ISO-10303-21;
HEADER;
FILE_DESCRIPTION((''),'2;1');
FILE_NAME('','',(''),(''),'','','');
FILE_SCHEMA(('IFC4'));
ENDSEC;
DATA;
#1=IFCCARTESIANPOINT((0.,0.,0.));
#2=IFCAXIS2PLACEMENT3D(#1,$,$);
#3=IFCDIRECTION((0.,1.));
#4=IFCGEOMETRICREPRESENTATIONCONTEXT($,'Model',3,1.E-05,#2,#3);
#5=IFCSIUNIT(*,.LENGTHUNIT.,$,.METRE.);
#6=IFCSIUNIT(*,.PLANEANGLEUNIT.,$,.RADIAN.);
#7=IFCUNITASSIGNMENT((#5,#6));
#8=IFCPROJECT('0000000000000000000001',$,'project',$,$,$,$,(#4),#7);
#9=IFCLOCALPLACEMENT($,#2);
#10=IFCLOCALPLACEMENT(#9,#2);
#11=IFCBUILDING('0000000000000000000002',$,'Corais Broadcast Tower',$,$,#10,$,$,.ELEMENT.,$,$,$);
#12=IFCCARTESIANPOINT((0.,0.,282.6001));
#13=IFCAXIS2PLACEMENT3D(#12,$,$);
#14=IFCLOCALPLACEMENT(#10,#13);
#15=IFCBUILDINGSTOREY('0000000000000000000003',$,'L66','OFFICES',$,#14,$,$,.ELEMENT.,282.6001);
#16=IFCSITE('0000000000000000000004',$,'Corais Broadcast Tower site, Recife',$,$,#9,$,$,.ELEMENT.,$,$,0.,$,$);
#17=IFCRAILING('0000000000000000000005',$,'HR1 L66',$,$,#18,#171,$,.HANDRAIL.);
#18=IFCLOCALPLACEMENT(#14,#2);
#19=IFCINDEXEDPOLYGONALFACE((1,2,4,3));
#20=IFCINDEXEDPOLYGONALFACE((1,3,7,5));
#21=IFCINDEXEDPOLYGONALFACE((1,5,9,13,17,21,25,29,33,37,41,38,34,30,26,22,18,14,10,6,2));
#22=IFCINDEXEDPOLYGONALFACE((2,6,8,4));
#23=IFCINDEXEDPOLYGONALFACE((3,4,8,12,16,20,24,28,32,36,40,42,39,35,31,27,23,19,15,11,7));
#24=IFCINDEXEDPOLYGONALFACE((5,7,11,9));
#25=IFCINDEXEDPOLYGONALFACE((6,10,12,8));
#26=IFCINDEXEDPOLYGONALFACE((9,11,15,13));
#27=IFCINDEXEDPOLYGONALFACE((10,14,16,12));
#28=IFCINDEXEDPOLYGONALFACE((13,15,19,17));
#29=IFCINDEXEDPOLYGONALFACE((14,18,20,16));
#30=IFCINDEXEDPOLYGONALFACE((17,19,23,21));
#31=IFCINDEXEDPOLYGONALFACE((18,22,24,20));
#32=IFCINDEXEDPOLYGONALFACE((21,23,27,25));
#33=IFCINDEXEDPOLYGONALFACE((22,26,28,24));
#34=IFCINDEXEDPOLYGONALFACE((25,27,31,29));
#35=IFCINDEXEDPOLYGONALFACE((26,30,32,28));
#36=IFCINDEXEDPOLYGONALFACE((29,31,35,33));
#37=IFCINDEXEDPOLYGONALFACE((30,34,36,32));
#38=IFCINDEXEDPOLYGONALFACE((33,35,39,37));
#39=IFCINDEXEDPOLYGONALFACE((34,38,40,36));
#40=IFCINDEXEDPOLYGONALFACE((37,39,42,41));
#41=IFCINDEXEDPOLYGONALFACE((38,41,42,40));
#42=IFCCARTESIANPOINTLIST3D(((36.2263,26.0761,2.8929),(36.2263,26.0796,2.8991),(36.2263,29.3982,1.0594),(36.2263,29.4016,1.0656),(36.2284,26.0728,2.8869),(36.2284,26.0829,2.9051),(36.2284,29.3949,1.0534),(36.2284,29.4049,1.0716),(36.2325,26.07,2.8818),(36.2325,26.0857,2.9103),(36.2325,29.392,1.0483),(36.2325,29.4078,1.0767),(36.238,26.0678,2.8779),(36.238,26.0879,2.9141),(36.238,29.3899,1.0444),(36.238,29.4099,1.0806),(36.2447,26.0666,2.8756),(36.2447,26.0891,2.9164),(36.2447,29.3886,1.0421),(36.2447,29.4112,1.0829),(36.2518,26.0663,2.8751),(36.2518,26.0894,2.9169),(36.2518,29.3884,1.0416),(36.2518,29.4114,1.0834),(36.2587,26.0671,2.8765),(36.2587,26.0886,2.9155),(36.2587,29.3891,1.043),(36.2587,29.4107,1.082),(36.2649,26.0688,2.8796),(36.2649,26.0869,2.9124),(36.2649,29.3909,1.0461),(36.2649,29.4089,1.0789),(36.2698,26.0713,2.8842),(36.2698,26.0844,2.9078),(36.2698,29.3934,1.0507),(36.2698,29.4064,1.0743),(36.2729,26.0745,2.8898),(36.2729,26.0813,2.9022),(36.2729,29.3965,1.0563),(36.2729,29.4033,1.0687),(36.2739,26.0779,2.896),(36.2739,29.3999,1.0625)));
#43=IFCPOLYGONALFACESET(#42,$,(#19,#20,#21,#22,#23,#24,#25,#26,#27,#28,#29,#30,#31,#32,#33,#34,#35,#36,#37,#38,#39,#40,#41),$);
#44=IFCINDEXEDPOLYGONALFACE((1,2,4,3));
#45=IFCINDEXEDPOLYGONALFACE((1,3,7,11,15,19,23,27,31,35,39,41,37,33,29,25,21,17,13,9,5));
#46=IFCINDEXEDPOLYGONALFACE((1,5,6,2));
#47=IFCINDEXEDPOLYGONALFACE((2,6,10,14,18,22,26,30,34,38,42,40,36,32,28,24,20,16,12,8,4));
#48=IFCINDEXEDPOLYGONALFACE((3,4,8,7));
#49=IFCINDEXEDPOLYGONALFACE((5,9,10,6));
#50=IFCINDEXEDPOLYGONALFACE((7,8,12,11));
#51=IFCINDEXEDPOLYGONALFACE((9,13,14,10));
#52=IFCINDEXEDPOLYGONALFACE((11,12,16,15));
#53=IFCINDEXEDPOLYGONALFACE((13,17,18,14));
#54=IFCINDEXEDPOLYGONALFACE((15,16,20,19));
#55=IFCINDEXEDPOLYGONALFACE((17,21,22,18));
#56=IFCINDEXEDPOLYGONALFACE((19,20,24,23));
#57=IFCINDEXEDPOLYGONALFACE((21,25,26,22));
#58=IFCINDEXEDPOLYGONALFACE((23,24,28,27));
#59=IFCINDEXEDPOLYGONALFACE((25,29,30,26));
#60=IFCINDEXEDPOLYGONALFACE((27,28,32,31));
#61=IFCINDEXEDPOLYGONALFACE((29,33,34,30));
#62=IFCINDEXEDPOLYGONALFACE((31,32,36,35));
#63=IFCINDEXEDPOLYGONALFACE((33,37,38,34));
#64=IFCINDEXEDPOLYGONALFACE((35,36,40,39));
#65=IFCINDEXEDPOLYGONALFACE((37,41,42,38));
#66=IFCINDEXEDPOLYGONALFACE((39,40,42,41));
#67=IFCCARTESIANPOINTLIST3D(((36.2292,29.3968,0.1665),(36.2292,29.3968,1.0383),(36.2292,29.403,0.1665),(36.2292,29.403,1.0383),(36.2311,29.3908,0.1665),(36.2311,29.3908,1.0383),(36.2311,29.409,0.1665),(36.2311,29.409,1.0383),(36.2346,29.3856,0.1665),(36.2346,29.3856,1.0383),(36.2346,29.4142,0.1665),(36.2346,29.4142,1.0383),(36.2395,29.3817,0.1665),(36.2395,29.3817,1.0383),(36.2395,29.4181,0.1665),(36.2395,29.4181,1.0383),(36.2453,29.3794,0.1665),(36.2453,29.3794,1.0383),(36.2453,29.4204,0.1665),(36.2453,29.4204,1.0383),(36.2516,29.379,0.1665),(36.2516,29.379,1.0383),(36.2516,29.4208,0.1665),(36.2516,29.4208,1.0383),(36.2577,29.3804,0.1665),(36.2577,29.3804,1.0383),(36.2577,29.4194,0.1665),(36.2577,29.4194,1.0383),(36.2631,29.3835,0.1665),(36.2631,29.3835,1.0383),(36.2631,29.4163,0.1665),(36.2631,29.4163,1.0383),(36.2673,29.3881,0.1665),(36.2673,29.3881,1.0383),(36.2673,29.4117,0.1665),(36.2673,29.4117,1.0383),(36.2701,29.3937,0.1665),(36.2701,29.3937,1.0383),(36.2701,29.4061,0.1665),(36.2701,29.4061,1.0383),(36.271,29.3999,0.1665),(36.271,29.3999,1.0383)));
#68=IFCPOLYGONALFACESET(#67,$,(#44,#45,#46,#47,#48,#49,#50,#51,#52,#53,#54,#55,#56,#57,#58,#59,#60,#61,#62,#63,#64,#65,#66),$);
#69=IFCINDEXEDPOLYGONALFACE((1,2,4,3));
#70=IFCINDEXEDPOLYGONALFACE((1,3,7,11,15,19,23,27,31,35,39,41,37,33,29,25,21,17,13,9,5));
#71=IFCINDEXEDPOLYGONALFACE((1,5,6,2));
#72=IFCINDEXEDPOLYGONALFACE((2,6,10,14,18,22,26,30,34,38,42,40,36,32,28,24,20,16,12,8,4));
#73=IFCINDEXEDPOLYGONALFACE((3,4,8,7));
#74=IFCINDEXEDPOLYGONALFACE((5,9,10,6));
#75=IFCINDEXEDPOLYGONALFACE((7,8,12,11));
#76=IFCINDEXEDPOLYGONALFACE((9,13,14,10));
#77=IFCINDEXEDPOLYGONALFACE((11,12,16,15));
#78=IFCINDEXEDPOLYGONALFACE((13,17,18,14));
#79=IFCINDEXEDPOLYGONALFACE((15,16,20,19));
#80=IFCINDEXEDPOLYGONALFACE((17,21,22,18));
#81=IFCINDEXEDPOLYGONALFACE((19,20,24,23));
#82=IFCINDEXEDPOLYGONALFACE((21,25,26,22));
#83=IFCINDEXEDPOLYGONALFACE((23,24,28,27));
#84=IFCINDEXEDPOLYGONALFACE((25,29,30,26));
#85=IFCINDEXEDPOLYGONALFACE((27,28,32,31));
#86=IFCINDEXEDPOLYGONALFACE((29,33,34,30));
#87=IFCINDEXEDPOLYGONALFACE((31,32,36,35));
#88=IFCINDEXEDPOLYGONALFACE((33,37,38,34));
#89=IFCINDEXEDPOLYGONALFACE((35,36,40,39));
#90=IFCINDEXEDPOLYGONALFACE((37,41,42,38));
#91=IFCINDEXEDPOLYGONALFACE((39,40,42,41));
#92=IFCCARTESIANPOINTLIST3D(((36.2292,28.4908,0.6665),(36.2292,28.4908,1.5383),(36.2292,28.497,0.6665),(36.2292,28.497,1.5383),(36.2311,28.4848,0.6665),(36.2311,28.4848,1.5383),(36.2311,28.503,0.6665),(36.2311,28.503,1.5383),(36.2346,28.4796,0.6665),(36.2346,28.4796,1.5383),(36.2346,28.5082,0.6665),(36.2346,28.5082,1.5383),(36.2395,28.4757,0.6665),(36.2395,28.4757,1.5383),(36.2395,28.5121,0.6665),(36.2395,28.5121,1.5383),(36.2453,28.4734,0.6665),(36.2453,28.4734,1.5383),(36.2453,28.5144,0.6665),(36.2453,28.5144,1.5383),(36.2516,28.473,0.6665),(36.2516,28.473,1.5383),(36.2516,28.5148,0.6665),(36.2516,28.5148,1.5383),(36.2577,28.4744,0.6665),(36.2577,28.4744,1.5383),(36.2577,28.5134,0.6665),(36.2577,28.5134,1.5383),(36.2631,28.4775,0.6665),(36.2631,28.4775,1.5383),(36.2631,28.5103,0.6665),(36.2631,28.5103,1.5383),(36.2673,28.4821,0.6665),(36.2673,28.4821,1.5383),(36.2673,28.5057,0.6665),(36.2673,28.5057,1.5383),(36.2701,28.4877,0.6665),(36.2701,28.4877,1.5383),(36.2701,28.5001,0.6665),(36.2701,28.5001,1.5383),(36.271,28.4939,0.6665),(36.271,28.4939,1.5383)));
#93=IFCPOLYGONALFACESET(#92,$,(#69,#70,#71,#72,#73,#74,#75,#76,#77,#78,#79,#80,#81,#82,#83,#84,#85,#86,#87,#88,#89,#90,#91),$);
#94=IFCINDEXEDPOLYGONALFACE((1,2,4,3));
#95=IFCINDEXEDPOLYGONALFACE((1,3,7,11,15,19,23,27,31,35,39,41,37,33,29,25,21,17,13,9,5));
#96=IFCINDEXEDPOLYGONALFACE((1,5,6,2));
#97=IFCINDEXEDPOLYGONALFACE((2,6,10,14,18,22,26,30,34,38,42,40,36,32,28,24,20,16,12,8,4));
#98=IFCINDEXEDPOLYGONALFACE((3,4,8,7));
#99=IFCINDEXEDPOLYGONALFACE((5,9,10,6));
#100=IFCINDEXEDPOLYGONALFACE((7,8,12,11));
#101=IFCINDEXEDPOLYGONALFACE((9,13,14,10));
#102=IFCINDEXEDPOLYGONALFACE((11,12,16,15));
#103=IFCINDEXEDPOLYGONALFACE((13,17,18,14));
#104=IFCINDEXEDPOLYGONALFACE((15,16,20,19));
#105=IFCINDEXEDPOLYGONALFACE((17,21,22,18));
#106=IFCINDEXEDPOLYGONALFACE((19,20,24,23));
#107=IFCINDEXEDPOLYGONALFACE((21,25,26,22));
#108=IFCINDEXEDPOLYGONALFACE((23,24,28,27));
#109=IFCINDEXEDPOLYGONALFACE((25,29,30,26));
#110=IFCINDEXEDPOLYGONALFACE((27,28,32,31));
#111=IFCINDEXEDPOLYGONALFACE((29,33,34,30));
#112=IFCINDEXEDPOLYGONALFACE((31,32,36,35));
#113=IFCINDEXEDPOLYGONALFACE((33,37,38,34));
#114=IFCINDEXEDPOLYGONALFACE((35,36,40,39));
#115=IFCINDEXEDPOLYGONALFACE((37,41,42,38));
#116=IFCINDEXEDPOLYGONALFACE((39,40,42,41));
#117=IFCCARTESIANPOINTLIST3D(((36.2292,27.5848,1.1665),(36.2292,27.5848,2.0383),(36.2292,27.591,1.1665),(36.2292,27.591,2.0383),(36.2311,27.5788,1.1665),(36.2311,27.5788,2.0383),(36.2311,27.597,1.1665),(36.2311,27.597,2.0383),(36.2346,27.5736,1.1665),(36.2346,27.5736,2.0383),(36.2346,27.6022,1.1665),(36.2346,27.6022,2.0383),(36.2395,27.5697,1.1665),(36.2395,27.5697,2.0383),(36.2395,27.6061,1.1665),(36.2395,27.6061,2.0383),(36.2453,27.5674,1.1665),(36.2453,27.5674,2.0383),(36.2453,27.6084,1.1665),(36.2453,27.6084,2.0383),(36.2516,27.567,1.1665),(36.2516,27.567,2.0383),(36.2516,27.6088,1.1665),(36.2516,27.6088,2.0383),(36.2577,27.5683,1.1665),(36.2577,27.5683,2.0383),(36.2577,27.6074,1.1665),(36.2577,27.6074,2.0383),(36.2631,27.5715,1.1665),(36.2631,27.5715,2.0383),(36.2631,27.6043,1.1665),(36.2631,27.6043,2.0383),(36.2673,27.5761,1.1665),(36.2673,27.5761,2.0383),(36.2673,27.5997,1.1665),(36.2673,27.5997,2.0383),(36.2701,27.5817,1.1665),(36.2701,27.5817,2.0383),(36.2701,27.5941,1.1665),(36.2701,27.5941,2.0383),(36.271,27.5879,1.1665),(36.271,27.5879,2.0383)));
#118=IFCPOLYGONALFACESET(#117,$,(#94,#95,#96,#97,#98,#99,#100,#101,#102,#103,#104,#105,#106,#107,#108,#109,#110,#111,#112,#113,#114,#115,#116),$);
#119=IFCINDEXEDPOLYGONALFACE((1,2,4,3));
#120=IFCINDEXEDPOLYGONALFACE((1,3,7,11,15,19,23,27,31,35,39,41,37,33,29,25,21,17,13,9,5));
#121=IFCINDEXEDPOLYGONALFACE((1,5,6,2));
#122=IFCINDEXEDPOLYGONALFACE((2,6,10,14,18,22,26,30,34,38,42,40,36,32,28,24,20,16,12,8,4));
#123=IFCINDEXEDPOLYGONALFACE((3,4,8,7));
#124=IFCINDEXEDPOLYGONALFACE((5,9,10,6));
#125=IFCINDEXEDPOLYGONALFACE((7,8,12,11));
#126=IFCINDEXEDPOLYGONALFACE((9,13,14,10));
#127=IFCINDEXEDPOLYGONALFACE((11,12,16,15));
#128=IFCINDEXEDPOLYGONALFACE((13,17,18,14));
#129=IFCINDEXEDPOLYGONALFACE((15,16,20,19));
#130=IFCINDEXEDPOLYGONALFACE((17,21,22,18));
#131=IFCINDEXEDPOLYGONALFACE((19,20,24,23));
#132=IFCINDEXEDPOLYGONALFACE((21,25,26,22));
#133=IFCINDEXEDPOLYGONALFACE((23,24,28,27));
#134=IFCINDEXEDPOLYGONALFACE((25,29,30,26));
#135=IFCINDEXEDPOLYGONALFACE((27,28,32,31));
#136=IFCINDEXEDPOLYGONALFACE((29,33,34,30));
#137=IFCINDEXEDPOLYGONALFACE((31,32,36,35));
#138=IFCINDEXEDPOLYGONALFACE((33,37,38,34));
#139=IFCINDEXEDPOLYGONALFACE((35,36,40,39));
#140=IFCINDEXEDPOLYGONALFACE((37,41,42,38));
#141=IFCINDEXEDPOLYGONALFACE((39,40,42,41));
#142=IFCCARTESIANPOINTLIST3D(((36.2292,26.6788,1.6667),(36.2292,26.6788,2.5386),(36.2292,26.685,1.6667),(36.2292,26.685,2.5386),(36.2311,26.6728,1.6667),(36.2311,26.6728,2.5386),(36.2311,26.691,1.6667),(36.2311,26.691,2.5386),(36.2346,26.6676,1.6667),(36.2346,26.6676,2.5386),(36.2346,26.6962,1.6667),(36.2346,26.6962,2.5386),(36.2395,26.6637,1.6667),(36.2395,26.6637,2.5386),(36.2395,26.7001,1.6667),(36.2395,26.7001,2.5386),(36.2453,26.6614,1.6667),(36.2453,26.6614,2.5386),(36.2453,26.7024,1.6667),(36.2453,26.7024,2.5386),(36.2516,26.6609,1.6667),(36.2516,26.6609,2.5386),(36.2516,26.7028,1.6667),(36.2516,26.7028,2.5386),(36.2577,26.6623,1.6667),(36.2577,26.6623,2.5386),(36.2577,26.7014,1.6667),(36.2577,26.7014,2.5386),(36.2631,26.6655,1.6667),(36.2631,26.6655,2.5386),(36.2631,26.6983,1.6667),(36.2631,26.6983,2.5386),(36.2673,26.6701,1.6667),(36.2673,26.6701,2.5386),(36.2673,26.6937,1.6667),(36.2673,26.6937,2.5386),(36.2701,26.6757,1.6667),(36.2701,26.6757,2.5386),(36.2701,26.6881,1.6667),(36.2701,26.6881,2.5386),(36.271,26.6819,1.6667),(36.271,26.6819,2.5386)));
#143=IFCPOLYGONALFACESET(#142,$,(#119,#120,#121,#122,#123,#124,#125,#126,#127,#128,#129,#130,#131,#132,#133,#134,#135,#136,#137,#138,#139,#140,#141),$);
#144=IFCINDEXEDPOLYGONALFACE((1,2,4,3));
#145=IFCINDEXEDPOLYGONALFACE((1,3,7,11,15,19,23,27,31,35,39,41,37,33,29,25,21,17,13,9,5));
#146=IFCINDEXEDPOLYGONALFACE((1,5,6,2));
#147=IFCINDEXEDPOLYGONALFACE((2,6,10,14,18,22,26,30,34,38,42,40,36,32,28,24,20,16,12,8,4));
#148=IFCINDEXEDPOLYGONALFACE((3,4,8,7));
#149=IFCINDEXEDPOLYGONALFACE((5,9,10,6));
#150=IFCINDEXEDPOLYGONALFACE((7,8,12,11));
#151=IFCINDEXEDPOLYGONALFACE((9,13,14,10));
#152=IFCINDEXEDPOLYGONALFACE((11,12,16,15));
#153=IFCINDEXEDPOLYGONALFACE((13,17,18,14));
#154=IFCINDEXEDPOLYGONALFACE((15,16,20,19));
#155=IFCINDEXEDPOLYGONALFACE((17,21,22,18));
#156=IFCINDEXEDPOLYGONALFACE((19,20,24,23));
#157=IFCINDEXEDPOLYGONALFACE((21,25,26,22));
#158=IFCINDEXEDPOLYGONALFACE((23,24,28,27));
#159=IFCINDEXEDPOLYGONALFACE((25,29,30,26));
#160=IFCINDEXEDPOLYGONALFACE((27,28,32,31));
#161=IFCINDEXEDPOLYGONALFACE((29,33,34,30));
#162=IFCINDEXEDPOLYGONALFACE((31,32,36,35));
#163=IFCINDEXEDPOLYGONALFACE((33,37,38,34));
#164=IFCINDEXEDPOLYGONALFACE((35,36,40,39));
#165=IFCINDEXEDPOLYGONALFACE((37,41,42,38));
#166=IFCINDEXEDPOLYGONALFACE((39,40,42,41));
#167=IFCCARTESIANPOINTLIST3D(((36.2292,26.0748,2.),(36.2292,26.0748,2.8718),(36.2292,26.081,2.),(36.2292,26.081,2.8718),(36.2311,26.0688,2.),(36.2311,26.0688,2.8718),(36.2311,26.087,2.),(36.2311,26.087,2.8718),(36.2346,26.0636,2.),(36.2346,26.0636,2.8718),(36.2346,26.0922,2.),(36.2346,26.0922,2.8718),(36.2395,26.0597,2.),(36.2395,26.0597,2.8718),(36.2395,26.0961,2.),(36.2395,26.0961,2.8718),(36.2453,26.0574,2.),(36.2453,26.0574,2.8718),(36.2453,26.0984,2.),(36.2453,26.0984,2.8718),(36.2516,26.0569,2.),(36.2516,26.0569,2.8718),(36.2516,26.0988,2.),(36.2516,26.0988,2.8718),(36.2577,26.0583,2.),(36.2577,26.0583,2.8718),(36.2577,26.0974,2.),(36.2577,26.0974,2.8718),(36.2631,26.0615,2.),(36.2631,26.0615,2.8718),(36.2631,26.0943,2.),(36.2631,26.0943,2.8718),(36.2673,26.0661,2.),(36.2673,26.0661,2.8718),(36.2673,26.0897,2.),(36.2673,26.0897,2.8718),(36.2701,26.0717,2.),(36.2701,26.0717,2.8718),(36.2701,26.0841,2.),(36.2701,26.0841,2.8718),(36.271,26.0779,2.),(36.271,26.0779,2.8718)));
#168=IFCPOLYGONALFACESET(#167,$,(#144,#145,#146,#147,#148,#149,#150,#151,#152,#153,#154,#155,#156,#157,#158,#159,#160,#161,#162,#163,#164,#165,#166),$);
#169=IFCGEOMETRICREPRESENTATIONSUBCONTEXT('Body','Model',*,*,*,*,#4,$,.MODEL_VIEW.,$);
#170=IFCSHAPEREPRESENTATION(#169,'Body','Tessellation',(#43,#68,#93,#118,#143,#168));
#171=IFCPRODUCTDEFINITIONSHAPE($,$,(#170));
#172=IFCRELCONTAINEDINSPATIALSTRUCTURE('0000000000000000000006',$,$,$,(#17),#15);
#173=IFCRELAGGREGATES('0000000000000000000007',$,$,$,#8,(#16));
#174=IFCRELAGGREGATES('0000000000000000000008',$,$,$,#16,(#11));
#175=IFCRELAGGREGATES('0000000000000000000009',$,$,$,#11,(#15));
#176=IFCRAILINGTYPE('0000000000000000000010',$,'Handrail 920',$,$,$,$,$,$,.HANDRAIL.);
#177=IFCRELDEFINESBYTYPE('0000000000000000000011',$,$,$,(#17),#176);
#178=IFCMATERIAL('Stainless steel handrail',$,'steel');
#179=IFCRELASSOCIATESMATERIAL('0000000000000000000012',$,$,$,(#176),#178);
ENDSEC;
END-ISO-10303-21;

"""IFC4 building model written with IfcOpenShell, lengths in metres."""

from ifc_helpers import new_model, si_unit, direction, frame, origin, origin_2d, place, context, subcontext, project, spatial, circle, extrude, material, type_object, element, save


model = new_model("IFC4")

# Units and contexts
model_context = context("Model", 3, precision=1e-05, world=origin(), true_north=direction((0.0, 1.0)))
body_context = subcontext(model_context, "Body", "Model", "MODEL_VIEW")
ifc_project = project(units=[si_unit("LENGTHUNIT", "METRE"), si_unit("PLANEANGLEUNIT", "RADIAN")], contexts=[model_context])

# Site, building, storey
site_placement = place(None, origin())
site = spatial("IfcSite", under=ifc_project, at=site_placement, Name="Corais Broadcast Tower site, Recife", CompositionType="ELEMENT", RefElevation=0.0)
building_placement = place(site_placement, origin())
building = spatial("IfcBuilding", under=site, at=building_placement, Name="Corais Broadcast Tower", CompositionType="ELEMENT")
storey_placement = place(building_placement, frame((0.0, 0.0, 282.6001)))
storey = spatial("IfcBuildingStorey", under=building, at=storey_placement, Name="L66", Description="OFFICES", CompositionType="ELEMENT", Elevation=282.6001)

# Railing
ifc_material_1 = material(Name="Stainless steel handrail", Category="steel")
railing_type = type_object("IfcRailingType", Name="Handrail 920", PredefinedType="HANDRAIL", material=ifc_material_1)
for number, where, name in (
    (1, (36.25, 29.3999, 0.1665), "HR1 L66"),
):
    element("IfcRailing", number, at=place(storey_placement, frame(where)), inside=storey, type_object=railing_type, Name=name, PredefinedType="HANDRAIL", context=body_context, shape_type="SweptSolid", body=[
        extrude(circle(Radius=0.0239, at=origin_2d()), frame((0.0, 0.0, 0.896), z_axis=(0.0, -0.875504, 0.48321), x_axis=(1.0, 0.0, 0.0)), (0.0, 0.0, 1.0), 3.7944),
        extrude(circle(Radius=0.021, at=origin_2d()), origin(), (0.0, 0.0, 1.0), 0.8718),
        extrude(circle(Radius=0.021, at=origin_2d()), frame((0.0, -0.906, 0.5)), (0.0, 0.0, 1.0), 0.8718),
        extrude(circle(Radius=0.021, at=origin_2d()), frame((0.0, -1.812, 1.0)), (0.0, 0.0, 1.0), 0.8718),
        extrude(circle(Radius=0.021, at=origin_2d()), frame((0.0, -2.718, 1.5002)), (0.0, 0.0, 1.0), 0.8718),
        extrude(circle(Radius=0.021, at=origin_2d()), frame((0.0, -3.322, 1.8335)), (0.0, 0.0, 1.0), 0.8718),
    ])

save(model, "model.ifc")
